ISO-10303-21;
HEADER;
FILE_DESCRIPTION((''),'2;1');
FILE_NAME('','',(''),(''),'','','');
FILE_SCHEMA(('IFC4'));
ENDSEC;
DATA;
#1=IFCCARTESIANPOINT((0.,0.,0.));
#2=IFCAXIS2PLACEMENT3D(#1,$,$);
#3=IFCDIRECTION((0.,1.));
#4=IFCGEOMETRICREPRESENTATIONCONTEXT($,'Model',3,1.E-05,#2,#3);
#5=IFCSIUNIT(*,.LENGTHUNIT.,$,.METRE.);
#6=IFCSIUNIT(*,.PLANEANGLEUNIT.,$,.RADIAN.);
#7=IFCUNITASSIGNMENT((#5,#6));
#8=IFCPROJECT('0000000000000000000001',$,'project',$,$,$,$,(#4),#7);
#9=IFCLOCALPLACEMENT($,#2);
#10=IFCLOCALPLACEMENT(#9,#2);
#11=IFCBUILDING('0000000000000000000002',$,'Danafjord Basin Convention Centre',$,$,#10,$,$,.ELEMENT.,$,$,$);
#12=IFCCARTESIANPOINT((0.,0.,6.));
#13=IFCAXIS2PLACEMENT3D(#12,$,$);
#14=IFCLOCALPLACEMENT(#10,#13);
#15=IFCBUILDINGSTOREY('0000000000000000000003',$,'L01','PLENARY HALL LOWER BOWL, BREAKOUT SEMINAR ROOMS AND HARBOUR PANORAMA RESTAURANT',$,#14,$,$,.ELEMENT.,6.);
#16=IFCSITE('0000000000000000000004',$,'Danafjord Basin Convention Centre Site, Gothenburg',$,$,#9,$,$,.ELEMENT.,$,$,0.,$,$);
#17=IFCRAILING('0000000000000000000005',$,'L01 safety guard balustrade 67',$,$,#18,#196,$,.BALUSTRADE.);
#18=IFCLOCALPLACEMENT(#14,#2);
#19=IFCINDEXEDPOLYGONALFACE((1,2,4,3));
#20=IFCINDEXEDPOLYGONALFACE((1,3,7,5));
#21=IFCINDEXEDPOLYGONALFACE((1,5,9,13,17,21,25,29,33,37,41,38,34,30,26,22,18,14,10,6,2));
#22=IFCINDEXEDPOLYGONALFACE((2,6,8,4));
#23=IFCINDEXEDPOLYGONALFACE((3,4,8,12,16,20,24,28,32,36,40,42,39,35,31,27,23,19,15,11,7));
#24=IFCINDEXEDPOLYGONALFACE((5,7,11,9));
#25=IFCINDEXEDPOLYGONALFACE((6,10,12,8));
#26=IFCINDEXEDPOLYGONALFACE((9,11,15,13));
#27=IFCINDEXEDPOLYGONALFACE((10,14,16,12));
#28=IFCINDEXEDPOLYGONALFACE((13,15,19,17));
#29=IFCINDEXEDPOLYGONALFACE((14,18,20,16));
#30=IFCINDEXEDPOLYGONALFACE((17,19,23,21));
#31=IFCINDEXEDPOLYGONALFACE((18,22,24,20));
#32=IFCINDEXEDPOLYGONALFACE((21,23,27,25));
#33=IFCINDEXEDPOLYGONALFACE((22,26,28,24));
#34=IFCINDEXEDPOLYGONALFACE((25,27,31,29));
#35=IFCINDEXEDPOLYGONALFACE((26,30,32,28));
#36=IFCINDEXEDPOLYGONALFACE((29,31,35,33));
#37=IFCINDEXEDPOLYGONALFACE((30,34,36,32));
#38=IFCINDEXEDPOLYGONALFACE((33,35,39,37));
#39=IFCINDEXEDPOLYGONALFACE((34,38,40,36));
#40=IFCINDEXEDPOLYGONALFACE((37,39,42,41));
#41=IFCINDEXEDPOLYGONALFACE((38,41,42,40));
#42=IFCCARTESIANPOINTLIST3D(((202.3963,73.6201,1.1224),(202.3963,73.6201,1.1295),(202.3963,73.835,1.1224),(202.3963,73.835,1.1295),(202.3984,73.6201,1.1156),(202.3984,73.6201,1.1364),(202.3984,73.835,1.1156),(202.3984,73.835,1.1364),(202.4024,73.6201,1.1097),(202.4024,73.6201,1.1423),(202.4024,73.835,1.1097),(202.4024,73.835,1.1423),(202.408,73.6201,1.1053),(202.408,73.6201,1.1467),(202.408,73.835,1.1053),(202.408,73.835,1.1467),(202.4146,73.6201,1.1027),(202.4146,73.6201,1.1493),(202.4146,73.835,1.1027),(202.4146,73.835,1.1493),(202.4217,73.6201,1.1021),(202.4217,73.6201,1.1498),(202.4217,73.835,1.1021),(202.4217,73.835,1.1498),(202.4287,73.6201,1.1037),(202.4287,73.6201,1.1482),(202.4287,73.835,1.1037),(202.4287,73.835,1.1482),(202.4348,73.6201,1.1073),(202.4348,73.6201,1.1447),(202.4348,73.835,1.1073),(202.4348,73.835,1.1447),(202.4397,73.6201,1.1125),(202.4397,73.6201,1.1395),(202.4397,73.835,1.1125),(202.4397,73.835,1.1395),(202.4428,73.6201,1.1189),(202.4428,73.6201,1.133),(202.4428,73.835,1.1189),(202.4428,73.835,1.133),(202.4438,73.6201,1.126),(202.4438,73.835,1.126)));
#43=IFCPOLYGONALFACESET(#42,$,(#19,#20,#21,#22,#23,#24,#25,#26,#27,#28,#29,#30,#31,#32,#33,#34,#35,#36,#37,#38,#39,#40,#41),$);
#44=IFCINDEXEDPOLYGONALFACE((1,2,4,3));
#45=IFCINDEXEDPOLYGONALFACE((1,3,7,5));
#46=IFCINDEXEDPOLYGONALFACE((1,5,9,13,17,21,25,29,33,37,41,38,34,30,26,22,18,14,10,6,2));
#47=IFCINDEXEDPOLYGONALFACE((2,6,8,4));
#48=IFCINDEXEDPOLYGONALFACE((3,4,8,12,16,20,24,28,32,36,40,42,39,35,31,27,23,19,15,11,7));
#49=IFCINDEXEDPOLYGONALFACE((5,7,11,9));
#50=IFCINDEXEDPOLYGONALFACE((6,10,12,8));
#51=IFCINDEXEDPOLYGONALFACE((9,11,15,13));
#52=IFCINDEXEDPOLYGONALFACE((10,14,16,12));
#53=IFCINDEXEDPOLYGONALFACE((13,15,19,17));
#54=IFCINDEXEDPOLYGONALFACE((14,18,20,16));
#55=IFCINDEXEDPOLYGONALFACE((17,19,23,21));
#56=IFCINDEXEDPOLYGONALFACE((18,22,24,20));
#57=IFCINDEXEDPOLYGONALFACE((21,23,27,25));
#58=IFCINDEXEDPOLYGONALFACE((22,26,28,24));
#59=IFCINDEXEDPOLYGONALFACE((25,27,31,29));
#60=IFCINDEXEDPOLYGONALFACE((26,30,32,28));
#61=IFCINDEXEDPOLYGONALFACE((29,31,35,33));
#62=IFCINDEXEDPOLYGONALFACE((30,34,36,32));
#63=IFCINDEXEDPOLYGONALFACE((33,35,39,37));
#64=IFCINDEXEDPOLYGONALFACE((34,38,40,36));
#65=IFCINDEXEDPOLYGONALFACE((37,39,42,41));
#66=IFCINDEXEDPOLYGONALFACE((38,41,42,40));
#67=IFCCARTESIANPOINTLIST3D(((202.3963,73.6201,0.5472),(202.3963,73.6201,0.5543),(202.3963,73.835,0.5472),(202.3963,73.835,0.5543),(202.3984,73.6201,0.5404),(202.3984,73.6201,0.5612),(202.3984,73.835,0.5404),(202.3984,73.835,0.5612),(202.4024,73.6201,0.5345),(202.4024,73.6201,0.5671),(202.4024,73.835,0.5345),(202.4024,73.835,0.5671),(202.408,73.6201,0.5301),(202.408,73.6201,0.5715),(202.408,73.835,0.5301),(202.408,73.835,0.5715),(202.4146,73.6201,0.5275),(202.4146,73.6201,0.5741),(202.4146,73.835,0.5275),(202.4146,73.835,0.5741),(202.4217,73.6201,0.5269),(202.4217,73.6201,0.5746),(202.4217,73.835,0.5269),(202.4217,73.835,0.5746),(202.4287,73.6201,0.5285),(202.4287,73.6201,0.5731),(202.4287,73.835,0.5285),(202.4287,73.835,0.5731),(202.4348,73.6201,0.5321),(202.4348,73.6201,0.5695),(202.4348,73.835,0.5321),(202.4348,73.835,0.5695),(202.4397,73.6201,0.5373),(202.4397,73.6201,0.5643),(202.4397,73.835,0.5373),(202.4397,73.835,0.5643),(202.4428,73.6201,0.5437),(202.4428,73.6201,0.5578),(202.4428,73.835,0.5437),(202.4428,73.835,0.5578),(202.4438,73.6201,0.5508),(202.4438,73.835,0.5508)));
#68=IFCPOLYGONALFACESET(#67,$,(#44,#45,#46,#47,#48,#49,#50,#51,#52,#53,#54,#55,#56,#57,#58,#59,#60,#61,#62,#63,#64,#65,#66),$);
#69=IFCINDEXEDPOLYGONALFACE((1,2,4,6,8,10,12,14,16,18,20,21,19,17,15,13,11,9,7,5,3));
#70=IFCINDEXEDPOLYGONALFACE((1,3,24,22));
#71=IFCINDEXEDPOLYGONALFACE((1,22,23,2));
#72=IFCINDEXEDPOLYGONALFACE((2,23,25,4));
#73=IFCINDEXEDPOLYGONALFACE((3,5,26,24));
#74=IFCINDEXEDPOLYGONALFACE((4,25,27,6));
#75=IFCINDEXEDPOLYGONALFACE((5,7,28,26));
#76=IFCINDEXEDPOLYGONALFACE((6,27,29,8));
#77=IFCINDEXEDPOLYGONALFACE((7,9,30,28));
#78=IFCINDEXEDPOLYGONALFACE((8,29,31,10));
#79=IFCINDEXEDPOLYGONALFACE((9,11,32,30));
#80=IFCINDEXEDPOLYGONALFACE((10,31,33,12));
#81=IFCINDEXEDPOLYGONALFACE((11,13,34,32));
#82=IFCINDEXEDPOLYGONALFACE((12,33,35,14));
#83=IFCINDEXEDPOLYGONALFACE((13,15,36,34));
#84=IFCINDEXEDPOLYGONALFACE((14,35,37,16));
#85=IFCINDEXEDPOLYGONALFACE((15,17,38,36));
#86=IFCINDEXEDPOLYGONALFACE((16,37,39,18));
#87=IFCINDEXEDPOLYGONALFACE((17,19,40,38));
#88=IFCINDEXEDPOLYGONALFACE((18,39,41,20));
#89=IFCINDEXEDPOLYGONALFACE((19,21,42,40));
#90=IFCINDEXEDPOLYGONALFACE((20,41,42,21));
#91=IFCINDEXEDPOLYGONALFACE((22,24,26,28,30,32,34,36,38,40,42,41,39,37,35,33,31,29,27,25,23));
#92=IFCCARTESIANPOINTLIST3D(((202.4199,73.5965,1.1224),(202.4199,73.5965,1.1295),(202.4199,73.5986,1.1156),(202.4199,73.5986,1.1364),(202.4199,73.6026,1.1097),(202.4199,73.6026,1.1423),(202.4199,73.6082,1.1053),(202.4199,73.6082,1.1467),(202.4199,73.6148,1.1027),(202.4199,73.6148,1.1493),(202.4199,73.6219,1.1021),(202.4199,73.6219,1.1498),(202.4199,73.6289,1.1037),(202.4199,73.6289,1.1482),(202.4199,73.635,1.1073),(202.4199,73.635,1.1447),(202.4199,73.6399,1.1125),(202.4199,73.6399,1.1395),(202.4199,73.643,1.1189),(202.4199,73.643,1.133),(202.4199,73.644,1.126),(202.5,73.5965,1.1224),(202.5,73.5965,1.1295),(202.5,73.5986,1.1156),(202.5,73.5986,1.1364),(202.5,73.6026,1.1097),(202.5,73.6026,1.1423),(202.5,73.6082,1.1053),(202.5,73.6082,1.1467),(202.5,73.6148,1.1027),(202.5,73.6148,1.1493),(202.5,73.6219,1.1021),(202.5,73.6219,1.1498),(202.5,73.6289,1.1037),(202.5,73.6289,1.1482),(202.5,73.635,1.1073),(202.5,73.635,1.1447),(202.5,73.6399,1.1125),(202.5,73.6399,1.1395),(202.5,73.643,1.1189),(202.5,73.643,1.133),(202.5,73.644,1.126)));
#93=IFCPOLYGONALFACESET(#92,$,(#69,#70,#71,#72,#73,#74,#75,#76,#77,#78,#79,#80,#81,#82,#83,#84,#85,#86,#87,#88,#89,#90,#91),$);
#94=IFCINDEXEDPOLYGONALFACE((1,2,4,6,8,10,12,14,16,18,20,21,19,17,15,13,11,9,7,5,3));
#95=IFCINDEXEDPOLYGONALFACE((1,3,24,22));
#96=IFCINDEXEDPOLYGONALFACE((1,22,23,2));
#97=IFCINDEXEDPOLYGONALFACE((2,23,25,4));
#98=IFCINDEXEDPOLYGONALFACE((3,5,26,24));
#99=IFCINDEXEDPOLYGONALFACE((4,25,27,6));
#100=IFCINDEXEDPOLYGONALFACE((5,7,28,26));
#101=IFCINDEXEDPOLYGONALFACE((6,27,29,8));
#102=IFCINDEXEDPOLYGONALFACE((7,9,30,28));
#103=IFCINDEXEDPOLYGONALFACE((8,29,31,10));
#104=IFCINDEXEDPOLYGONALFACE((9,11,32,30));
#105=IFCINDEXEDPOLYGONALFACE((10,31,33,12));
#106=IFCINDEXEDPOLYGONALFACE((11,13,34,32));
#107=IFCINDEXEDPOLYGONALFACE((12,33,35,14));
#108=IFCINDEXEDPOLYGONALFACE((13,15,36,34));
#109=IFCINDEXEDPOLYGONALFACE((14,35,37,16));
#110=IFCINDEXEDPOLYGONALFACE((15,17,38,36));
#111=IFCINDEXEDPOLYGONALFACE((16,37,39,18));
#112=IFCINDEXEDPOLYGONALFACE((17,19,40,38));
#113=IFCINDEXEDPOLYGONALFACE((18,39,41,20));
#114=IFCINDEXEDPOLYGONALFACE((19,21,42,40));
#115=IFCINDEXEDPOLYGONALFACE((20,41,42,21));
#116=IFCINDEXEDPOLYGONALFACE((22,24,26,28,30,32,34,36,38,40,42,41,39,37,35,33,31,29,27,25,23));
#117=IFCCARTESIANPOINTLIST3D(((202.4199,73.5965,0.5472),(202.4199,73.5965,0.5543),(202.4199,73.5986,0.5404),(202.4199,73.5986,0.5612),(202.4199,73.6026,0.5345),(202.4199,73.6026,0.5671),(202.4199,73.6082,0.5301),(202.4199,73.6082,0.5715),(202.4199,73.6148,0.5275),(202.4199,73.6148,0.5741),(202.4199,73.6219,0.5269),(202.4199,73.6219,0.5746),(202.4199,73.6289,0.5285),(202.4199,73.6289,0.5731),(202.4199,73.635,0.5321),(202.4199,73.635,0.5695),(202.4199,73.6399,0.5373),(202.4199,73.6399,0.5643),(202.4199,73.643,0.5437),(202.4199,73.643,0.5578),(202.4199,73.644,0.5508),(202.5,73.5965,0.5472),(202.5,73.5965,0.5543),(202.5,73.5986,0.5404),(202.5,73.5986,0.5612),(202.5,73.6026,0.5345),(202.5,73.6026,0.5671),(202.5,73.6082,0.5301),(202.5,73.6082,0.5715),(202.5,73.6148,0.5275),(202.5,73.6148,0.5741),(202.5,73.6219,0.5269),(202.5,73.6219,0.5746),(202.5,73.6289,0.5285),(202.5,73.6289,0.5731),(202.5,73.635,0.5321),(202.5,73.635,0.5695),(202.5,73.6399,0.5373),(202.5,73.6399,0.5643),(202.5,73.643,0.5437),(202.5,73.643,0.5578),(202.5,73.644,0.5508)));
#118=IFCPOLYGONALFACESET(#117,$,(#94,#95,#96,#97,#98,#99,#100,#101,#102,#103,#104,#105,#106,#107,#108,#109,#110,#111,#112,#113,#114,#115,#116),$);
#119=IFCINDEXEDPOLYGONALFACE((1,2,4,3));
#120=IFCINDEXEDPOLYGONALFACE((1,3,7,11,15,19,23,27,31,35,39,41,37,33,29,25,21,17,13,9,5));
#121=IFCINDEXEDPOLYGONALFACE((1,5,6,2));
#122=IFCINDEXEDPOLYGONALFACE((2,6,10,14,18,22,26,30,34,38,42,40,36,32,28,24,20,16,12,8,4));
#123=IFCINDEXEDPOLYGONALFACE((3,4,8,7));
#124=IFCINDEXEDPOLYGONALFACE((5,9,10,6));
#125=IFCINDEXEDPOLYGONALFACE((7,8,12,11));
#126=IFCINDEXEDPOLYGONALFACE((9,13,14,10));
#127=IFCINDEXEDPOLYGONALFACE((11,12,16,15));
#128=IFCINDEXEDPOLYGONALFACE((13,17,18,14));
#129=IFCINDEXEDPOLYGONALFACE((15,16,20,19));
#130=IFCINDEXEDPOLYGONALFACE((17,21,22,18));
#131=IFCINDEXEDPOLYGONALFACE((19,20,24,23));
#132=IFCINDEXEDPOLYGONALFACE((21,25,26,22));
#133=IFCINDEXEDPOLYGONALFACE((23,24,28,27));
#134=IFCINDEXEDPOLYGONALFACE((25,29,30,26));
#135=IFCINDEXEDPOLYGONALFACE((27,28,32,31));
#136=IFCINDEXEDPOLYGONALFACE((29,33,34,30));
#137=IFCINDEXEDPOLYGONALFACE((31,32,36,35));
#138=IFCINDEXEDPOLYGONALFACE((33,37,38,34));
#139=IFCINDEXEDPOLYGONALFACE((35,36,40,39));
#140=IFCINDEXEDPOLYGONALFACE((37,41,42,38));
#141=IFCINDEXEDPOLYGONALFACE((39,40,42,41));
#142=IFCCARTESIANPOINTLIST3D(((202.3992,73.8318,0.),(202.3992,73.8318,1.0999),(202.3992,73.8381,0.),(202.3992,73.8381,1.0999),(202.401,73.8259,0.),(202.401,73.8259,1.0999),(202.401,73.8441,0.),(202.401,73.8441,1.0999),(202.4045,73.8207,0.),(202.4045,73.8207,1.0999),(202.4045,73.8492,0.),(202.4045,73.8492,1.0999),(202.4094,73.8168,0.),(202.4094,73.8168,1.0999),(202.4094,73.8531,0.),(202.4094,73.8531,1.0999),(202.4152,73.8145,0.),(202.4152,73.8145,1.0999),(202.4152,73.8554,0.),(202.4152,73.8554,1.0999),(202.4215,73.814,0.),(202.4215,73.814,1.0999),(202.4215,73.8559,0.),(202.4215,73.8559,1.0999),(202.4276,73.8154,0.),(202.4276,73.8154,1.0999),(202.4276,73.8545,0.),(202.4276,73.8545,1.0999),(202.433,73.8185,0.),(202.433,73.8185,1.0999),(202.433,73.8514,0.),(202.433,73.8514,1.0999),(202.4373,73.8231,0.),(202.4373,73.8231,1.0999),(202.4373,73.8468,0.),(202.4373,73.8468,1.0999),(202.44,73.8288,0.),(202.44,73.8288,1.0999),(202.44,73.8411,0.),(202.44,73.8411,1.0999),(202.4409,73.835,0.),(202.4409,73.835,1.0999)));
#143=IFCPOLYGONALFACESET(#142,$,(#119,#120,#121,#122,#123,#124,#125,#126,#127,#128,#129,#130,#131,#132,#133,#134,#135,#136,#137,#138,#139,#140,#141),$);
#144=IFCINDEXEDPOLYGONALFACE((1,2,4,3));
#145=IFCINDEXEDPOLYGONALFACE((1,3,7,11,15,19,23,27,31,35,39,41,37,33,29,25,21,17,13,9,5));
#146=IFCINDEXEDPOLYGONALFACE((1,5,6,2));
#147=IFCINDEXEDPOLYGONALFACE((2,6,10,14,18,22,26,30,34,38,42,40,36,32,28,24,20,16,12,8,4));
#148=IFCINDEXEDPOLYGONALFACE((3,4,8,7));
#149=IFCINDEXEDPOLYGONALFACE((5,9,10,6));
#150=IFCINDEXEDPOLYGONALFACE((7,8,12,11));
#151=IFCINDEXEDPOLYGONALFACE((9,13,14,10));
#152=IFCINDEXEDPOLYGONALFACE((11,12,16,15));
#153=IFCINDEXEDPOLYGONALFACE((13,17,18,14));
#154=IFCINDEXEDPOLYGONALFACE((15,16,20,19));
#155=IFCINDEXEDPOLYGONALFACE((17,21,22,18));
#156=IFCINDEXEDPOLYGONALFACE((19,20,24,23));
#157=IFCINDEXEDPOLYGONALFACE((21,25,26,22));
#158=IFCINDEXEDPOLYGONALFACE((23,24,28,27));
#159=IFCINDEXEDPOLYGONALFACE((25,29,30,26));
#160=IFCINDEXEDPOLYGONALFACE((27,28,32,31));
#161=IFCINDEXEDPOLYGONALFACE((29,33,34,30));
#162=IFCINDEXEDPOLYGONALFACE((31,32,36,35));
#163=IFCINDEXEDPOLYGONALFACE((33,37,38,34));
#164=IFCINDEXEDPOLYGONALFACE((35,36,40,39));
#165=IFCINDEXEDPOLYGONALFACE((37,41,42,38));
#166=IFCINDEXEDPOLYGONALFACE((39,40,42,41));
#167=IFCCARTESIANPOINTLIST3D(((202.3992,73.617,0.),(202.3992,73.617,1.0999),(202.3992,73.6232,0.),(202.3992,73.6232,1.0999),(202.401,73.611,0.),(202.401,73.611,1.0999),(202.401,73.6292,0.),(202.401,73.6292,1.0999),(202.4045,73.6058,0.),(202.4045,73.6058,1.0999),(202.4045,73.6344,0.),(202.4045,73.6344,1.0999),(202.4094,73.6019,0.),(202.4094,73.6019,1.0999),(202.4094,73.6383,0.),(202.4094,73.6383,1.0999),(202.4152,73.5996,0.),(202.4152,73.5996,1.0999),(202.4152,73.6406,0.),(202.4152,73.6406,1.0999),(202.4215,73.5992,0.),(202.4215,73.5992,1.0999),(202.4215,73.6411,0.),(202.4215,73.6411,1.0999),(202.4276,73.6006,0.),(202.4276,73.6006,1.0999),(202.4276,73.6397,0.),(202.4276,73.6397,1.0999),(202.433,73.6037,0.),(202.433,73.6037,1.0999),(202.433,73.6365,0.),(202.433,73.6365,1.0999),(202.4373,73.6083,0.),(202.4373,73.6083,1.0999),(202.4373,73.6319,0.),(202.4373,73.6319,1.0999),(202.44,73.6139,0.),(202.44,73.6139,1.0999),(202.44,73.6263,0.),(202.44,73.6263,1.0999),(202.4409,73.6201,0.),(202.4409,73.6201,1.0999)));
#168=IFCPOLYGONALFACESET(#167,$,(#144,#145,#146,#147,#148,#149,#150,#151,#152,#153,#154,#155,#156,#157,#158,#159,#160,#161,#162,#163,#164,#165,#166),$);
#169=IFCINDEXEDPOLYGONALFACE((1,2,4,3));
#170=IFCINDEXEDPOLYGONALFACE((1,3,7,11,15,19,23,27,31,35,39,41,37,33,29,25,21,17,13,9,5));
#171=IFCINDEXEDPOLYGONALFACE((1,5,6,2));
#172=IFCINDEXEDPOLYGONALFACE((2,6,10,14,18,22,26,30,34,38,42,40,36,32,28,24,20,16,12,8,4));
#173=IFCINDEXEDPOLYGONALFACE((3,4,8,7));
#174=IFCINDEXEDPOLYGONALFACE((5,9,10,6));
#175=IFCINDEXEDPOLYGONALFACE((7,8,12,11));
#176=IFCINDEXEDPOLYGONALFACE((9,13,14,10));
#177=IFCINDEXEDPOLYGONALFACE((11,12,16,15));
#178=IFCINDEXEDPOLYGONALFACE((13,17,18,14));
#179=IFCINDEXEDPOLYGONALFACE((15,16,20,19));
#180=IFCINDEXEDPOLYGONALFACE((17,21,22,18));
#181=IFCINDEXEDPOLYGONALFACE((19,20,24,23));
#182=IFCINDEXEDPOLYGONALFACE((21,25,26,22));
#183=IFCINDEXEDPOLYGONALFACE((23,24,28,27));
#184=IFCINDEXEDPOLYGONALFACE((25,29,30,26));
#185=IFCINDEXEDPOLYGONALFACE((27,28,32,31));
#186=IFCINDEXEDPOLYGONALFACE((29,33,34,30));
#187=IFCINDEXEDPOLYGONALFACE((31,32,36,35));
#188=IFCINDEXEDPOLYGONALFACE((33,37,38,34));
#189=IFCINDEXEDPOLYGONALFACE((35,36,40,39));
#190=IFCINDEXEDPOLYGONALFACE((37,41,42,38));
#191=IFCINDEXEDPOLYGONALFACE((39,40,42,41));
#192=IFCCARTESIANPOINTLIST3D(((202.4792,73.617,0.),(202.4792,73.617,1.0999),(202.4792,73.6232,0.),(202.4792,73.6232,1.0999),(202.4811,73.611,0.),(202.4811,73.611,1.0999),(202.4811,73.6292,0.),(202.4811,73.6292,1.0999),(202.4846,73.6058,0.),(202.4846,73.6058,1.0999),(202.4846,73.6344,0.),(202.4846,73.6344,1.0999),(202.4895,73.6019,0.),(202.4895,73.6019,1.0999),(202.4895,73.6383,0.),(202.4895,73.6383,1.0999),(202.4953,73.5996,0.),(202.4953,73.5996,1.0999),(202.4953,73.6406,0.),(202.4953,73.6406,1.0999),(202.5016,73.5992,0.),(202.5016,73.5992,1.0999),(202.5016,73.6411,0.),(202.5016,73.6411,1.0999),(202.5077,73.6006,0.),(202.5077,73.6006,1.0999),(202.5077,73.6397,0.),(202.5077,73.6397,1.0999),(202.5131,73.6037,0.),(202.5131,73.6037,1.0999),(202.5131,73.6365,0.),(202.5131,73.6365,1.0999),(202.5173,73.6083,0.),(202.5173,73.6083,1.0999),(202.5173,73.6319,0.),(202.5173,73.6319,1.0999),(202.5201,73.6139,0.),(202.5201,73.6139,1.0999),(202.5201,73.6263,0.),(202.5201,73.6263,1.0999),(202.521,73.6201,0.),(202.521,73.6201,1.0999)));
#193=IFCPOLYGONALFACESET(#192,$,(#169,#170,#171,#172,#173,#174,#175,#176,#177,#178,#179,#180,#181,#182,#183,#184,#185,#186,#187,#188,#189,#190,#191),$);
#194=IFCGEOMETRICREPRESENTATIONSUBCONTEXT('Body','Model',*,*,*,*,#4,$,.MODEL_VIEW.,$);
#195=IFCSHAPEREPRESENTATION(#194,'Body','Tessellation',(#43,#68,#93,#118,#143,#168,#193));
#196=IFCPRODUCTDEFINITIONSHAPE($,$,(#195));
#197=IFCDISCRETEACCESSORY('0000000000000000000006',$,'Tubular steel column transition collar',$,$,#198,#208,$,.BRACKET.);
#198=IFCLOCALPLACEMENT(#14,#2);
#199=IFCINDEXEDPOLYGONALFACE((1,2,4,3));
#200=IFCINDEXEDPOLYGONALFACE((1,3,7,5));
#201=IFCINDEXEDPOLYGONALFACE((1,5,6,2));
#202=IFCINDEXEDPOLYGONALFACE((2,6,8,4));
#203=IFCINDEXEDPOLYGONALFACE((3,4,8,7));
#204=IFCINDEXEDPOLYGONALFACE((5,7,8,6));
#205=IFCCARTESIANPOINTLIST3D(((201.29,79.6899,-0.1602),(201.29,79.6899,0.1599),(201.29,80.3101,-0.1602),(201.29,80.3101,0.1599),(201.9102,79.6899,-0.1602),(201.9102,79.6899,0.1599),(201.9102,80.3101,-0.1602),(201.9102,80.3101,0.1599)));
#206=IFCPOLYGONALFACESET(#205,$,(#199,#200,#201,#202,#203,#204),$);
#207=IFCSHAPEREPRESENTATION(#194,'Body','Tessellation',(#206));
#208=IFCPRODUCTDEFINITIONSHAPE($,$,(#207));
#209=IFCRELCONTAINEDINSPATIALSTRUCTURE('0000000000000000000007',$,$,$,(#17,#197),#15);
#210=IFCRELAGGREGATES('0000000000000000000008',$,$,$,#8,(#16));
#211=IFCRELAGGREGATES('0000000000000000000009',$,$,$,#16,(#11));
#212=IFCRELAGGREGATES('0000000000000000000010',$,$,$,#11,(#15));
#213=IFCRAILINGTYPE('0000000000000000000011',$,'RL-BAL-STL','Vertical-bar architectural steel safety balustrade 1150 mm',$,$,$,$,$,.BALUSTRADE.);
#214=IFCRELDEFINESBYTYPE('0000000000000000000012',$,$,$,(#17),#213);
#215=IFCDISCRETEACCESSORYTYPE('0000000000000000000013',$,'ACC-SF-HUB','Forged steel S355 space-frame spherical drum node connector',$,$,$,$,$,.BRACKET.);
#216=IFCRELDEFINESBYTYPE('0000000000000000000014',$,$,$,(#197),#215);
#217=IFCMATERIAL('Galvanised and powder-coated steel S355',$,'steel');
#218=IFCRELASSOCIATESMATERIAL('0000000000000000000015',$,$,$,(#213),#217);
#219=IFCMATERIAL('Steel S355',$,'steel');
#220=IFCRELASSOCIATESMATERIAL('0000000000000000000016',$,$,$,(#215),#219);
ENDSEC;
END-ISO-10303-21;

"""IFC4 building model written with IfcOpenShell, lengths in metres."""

from ifc_helpers import new_model, si_unit, direction, frame, origin, origin_2d, place, context, subcontext, project, spatial, rectangle, circle, extrude, material, type_object, element, save


model = new_model("IFC4")

# Units and contexts
model_context = context("Model", 3, precision=1e-05, world=origin(), true_north=direction((0.0, 1.0)))
body_context = subcontext(model_context, "Body", "Model", "MODEL_VIEW")
ifc_project = project(units=[si_unit("LENGTHUNIT", "METRE"), si_unit("PLANEANGLEUNIT", "RADIAN")], contexts=[model_context])

# Site, building, storey
site_placement = place(None, origin())
site = spatial("IfcSite", under=ifc_project, at=site_placement, Name="Danafjord Basin Convention Centre Site, Gothenburg", CompositionType="ELEMENT", RefElevation=0.0)
building_placement = place(site_placement, origin())
building = spatial("IfcBuilding", under=site, at=building_placement, Name="Danafjord Basin Convention Centre", CompositionType="ELEMENT")
storey_placement = place(building_placement, frame((0.0, 0.0, 6.0)))
storey = spatial("IfcBuildingStorey", under=building, at=storey_placement, Name="L01", Description="PLENARY HALL LOWER BOWL, BREAKOUT SEMINAR ROOMS AND HARBOUR PANORAMA RESTAURANT", CompositionType="ELEMENT", Elevation=6.0)

# Shared definitions
ifc_material_1 = material(Name="Steel S355", Category="steel")

# Railing
ifc_material_2 = material(Name="Galvanised and powder-coated steel S355", Category="steel")
railing_type_1 = type_object("IfcRailingType", Name="RL-BAL-STL", Description="Vertical-bar architectural steel safety balustrade 1150 mm", PredefinedType="BALUSTRADE", material=ifc_material_2)
railing_1_placement = place(storey_placement, frame((202.4199, 73.835, 0.0)))
element("IfcRailing", 1, at=railing_1_placement, inside=storey, type_object=railing_type_1, Name="L01 safety guard balustrade 67", PredefinedType="BALUSTRADE", context=body_context, shape_type="SweptSolid", body=[
    extrude(circle(Radius=0.0239, at=origin_2d()), frame((0.0, 0.0, 1.126), z_axis=(0.0, -1.0, 0.0), x_axis=(1.0, 0.0, 0.0)), (0.0, 0.0, 1.0), 0.2148),
    extrude(circle(Radius=0.0239, at=origin_2d()), frame((0.0, 0.0, 0.5508), z_axis=(0.0, -1.0, 0.0), x_axis=(1.0, 0.0, 0.0)), (0.0, 0.0, 1.0), 0.2148),
    extrude(circle(Radius=0.0239, at=origin_2d()), frame((0.0, -0.2148, 1.126), z_axis=(1.0, 0.0, 0.0), x_axis=(0.0, 1.0, 0.0)), (0.0, 0.0, 1.0), 0.0801),
    extrude(circle(Radius=0.0239, at=origin_2d()), frame((0.0, -0.2148, 0.5508), z_axis=(1.0, 0.0, 0.0), x_axis=(0.0, 1.0, 0.0)), (0.0, 0.0, 1.0), 0.0801),
    extrude(circle(Radius=0.021, at=origin_2d()), origin(), (0.0, 0.0, 1.0), 1.0999),
    extrude(circle(Radius=0.021, at=origin_2d()), frame((0.0, -0.2148, 0.0)), (0.0, 0.0, 1.0), 1.0999),
    extrude(circle(Radius=0.021, at=origin_2d()), frame((0.0801, -0.2148, 0.0)), (0.0, 0.0, 1.0), 1.0999),
])

# Discrete accessory
discrete_accessory_type = type_object("IfcDiscreteAccessoryType", Name="ACC-SF-HUB", Description="Forged steel S355 space-frame spherical drum node connector", PredefinedType="BRACKET", material=ifc_material_1)
for number, where, z_axis, x_axis, name in (
    (2, (201.6001, 80.0, -0.1602), (0.0, 0.0, 1.0), (1.0, 0.0, 0.0), "Tubular steel column transition collar"),
):
    element("IfcDiscreteAccessory", number, at=place(storey_placement, frame(where, z_axis=z_axis, x_axis=x_axis)), inside=storey, type_object=discrete_accessory_type, Name=name, PredefinedType="BRACKET", context=body_context, shape_type="SweptSolid", body=[
        extrude(rectangle(XDim=0.6201, YDim=0.6201, at=origin_2d()), origin(), (0.0, 0.0, 1.0), 0.3201),
    ])

save(model, "model.ifc")
